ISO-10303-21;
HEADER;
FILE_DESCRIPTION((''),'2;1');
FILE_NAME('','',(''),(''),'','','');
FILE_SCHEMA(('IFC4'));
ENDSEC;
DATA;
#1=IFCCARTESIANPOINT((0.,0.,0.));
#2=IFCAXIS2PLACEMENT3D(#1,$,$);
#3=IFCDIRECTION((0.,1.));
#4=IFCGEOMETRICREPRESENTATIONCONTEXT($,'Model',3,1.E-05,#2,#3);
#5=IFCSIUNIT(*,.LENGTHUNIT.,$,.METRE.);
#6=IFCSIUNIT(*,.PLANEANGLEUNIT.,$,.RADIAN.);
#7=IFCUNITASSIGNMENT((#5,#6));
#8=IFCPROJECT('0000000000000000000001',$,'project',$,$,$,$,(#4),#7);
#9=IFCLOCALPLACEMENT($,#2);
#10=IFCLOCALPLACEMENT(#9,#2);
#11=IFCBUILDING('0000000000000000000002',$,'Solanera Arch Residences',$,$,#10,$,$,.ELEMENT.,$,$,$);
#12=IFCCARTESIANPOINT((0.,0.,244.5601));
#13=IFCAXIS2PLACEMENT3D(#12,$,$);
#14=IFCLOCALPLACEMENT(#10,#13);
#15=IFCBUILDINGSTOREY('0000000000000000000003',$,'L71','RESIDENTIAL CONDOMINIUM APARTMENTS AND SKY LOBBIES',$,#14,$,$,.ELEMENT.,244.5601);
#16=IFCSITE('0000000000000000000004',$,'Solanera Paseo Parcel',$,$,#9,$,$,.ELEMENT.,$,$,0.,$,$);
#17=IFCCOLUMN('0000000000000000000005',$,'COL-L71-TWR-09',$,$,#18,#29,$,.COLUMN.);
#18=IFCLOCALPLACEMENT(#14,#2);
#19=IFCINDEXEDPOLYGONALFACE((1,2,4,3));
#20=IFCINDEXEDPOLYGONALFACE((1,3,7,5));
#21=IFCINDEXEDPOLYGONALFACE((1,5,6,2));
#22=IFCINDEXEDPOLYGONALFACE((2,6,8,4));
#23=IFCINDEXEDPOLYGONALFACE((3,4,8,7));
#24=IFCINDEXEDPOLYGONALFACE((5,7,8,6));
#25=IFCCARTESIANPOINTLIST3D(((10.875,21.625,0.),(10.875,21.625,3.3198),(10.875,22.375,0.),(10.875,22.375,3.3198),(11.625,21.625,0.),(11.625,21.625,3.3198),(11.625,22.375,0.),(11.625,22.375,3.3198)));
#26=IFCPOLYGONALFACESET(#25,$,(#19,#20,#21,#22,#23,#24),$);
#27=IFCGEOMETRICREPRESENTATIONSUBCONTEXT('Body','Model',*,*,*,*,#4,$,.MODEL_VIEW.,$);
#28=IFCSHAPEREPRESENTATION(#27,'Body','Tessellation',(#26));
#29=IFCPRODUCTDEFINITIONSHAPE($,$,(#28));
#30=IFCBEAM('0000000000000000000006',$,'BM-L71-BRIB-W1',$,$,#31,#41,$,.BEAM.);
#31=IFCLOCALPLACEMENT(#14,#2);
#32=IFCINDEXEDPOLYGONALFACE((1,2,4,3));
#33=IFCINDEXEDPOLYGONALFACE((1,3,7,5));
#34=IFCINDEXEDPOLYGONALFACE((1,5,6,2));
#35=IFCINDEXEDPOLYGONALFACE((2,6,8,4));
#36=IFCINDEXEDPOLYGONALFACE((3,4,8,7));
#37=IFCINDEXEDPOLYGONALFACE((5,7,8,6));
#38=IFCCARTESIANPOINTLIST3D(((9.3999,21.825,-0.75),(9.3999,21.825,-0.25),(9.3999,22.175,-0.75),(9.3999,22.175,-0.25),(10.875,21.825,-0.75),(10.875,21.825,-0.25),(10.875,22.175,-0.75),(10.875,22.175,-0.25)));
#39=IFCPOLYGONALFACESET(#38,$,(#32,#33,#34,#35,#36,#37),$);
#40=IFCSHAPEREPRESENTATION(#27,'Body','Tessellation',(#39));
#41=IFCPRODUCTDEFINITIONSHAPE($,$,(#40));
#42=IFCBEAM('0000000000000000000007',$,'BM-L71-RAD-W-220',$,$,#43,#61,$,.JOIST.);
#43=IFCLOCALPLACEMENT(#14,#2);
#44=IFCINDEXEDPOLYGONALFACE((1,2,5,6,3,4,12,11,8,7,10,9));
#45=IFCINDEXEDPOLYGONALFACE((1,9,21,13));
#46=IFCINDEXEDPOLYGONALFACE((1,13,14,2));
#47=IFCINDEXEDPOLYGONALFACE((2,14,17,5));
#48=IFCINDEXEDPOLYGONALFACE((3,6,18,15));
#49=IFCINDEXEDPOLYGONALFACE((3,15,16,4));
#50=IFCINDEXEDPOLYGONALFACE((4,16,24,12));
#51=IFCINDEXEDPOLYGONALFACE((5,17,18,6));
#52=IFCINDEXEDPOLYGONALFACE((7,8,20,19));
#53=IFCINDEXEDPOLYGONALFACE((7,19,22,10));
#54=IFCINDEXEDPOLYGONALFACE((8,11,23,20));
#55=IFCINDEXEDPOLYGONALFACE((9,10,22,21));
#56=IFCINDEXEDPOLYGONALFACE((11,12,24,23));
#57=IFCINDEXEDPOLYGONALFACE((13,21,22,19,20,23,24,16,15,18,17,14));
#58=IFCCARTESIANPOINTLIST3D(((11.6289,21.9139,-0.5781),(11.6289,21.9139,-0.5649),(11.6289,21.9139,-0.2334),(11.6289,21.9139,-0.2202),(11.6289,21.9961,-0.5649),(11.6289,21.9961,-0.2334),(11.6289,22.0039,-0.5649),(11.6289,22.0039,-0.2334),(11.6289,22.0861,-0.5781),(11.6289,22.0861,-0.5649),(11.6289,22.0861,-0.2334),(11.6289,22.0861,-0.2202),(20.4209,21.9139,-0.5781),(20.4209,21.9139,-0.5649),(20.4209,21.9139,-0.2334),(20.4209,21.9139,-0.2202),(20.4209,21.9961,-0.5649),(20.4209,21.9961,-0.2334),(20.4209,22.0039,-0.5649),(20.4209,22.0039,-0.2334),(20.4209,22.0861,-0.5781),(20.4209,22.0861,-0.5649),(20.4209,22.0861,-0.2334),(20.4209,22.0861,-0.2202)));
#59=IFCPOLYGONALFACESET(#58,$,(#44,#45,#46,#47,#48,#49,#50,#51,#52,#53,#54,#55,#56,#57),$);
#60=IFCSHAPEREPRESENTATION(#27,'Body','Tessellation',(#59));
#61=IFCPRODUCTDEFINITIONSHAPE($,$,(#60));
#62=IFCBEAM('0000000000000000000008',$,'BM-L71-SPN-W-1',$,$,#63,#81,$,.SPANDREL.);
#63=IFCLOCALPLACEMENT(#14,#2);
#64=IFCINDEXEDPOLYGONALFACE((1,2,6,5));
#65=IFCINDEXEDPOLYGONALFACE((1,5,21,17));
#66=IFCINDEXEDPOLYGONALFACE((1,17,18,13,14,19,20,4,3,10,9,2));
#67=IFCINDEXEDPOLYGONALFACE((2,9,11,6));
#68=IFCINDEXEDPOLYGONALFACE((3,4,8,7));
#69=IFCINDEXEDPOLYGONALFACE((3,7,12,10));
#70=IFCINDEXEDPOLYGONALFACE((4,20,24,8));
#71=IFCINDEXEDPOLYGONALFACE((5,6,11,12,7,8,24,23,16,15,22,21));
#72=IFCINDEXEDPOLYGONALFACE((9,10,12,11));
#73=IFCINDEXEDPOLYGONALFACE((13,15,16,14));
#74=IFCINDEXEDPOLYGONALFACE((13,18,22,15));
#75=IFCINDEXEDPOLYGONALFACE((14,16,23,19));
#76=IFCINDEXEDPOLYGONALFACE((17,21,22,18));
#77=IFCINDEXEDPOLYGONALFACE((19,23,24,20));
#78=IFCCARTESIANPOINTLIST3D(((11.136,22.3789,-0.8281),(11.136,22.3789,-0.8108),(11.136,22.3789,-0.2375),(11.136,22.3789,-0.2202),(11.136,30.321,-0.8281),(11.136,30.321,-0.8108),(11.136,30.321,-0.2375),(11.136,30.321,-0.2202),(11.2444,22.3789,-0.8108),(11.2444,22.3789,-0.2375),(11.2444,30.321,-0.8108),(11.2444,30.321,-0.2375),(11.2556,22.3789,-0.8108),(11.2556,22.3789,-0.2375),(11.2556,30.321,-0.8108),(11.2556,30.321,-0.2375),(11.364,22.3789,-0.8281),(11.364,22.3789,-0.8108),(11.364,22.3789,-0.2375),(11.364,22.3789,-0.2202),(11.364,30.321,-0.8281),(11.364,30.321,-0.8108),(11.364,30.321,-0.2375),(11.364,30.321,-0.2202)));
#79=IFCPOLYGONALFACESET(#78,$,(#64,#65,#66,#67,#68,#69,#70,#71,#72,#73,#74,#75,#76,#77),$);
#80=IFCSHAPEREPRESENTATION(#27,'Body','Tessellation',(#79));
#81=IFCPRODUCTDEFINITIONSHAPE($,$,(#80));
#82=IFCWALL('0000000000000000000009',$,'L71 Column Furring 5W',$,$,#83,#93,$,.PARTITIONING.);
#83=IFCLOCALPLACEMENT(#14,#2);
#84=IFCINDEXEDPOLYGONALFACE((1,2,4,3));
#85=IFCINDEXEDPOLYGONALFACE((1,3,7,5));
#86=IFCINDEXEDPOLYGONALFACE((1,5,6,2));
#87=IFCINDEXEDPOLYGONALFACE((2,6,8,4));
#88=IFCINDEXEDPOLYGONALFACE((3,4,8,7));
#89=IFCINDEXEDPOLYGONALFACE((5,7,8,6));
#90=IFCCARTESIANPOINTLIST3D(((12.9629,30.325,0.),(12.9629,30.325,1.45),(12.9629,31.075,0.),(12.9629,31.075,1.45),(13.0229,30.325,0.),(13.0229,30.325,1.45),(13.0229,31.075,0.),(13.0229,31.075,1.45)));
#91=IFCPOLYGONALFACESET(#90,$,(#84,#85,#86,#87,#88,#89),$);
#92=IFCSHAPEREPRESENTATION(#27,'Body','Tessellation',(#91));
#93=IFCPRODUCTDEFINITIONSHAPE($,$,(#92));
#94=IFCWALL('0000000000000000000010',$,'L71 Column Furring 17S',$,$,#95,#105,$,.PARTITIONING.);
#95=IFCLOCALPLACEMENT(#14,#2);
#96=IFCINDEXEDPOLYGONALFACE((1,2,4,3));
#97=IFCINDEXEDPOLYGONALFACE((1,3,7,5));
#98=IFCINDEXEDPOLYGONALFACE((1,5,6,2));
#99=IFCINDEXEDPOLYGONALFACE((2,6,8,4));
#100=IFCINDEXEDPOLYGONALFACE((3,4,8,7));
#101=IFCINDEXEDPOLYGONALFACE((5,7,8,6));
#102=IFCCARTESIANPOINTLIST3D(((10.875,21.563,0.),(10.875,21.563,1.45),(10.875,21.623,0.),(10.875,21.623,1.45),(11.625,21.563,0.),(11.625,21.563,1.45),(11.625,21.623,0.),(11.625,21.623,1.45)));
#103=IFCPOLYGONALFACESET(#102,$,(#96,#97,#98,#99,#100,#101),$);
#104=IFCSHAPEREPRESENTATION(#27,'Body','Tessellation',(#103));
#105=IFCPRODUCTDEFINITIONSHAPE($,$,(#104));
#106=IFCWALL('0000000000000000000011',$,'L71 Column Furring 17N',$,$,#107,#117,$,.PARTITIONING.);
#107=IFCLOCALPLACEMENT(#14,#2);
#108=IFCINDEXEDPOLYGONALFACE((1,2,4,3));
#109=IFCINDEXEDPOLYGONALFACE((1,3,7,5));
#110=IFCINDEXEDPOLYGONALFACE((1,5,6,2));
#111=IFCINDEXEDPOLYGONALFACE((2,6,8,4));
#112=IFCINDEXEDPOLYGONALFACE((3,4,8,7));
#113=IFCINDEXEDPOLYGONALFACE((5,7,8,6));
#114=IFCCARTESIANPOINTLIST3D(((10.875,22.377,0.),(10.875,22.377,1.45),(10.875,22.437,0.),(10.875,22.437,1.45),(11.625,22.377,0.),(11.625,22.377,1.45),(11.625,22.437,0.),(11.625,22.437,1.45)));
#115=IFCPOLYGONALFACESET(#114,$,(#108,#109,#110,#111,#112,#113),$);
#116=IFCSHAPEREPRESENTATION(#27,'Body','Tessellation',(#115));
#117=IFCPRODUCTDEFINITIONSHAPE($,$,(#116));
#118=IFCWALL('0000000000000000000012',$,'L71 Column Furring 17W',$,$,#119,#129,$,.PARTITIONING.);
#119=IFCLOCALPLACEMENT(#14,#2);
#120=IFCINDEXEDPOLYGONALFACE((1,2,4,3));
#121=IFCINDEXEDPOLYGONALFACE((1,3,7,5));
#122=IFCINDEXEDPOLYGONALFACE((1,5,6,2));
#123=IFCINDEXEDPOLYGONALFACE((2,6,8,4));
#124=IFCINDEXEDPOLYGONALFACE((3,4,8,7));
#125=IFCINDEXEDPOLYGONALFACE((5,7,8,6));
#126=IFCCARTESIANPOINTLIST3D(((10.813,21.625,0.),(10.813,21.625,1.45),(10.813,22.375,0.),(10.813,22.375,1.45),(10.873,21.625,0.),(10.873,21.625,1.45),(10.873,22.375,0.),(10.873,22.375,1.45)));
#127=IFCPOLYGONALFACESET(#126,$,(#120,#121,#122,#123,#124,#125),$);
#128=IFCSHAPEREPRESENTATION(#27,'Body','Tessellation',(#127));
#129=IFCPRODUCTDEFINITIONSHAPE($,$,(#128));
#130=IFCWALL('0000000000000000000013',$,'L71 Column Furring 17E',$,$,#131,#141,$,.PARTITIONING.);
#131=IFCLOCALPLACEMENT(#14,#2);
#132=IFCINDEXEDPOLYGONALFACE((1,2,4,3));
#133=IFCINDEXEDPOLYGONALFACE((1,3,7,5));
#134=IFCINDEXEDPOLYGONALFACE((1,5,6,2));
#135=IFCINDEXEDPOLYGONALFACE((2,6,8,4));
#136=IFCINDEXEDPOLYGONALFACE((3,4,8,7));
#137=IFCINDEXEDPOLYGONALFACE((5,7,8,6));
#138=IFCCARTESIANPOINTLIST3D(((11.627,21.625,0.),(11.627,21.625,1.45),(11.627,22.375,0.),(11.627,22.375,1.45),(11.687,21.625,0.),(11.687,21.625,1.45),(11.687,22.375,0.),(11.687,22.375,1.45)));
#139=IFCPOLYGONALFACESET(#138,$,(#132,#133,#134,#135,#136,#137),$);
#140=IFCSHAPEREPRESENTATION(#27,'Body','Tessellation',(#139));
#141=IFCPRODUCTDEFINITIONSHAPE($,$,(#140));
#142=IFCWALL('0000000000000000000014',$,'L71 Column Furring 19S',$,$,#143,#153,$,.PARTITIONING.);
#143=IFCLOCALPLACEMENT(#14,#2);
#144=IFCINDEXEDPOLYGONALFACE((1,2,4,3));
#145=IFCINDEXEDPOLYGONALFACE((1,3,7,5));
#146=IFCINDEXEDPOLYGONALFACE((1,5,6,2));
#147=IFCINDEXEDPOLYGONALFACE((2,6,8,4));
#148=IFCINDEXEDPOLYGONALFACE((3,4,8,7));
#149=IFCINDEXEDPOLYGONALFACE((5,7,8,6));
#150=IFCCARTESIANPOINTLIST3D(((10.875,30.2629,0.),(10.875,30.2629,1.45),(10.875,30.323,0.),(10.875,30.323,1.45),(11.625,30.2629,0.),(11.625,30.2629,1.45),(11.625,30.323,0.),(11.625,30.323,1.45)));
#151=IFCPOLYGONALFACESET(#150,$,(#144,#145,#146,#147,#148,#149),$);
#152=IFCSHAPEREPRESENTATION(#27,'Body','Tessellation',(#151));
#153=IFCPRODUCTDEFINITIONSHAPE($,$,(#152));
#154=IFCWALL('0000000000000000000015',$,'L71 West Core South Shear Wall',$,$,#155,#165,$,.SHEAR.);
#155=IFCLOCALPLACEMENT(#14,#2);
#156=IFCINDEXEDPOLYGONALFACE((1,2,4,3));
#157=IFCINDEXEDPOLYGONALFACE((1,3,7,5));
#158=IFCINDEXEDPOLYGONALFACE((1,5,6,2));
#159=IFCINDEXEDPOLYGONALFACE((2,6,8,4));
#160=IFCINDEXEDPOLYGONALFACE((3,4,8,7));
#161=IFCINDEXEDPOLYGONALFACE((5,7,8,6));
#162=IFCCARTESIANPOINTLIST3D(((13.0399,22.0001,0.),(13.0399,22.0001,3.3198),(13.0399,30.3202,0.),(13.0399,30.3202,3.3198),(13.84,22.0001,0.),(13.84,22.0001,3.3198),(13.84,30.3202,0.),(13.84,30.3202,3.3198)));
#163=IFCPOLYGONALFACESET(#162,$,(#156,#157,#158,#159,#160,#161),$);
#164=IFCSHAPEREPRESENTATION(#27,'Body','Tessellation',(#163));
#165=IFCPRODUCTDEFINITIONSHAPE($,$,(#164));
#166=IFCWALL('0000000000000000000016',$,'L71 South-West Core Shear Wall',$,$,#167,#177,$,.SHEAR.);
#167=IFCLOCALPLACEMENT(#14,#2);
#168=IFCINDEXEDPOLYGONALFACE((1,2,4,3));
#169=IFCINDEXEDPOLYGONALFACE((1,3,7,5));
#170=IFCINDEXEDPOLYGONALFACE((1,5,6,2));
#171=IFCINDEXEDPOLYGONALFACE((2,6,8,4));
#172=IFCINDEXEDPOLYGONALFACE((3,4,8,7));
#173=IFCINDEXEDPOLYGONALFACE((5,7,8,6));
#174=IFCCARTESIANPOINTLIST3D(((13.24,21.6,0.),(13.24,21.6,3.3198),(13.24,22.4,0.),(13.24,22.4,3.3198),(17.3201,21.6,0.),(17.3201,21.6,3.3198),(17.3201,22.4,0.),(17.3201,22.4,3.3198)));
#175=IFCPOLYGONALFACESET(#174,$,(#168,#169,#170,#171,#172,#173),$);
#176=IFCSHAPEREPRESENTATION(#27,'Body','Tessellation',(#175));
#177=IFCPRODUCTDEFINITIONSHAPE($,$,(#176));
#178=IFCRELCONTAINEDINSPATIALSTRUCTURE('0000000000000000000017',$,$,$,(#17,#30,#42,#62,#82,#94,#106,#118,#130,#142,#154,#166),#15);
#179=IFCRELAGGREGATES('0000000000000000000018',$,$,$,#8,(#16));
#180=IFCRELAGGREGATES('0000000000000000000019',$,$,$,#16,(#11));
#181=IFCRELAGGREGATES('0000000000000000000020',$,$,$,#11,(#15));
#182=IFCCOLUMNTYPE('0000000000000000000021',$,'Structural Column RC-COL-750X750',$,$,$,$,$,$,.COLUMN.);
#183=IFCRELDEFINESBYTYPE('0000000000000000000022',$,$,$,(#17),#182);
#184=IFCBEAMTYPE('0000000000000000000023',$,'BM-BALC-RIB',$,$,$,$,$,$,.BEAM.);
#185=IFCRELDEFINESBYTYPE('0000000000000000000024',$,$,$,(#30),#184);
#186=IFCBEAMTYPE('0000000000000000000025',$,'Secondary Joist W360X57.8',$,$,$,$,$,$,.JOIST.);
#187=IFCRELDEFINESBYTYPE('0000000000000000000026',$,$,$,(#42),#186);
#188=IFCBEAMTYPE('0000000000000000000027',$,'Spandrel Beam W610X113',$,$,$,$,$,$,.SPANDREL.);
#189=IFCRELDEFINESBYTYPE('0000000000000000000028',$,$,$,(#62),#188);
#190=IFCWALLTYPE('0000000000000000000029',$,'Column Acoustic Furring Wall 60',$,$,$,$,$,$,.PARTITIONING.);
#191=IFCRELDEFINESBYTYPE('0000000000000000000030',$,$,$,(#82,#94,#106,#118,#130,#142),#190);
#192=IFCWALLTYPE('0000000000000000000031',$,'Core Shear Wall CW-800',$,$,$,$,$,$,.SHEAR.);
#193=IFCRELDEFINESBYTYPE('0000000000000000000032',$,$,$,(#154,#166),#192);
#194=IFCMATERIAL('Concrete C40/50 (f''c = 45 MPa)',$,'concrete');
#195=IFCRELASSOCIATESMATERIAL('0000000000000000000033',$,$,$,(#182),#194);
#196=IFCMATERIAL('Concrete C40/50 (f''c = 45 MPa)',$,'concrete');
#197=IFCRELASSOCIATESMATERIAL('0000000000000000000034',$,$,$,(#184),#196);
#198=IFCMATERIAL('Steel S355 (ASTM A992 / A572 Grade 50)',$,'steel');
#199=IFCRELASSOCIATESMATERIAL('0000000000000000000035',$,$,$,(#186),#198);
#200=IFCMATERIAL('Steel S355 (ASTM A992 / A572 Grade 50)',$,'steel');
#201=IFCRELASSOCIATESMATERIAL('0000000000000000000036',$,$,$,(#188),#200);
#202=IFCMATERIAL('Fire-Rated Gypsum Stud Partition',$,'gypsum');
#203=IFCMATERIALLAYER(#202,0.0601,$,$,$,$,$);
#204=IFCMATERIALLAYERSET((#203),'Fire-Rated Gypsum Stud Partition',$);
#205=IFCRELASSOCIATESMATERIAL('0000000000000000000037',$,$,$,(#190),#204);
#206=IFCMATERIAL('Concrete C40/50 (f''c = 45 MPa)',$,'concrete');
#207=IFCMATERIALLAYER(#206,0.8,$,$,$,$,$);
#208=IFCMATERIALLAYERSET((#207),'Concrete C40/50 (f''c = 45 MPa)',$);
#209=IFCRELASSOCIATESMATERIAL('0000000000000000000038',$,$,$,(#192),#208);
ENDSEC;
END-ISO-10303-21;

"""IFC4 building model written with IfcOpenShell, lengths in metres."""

from ifc_helpers import new_model, si_unit, direction, frame, frame_2d, origin, origin_2d, place, context, subcontext, project, spatial, rectangle, i_section, extrude, material, layer, layer_set, material_profile, profile_set, type_object, element, save


model = new_model("IFC4")

# Units and contexts
model_context = context("Model", 3, precision=1e-05, world=origin(), true_north=direction((0.0, 1.0)))
body_context = subcontext(model_context, "Body", "Model", "MODEL_VIEW")
ifc_project = project(units=[si_unit("LENGTHUNIT", "METRE"), si_unit("PLANEANGLEUNIT", "RADIAN")], contexts=[model_context])

# Site, building, storey
site_placement = place(None, origin())
site = spatial("IfcSite", under=ifc_project, at=site_placement, Name="Solanera Paseo Parcel", CompositionType="ELEMENT", RefElevation=0.0)
building_placement = place(site_placement, origin())
building = spatial("IfcBuilding", under=site, at=building_placement, Name="Solanera Arch Residences", CompositionType="ELEMENT")
storey_placement = place(building_placement, frame((0.0, 0.0, 244.5601)))
storey = spatial("IfcBuildingStorey", under=building, at=storey_placement, Name="L71", Description="RESIDENTIAL CONDOMINIUM APARTMENTS AND SKY LOBBIES", CompositionType="ELEMENT", Elevation=244.5601)

# Column
ifc_material_1 = material(Name="Concrete C40/50 (f'c = 45 MPa)", Category="concrete")
ifc_material_profile_1 = material_profile(ifc_material_1, rectangle(XDim=0.75, YDim=0.75, at=origin_2d()))
ifc_profile_set_1 = profile_set([ifc_material_profile_1], Name="Concrete C40/50 (f'c = 45 MPa)")
column_type = type_object("IfcColumnType", Name="Structural Column RC-COL-750X750", PredefinedType="COLUMN", material=ifc_profile_set_1)
column_placement = place(storey_placement, frame((11.25, 22.0, 0.0), z_axis=(0.0, 0.0, 1.0), x_axis=(1.0, 0.0, 0.0)))
element("IfcColumn", 1, at=column_placement, inside=storey, type_object=column_type, Name="COL-L71-TWR-09", PredefinedType="COLUMN", context=body_context, shape_type="SweptSolid", body=[
    extrude(rectangle(XDim=0.75, YDim=0.75, at=origin_2d()), origin(), (0.0, 0.0, 1.0), 3.3198),
])

# Beams
ifc_material_2 = material(Name="Concrete C40/50 (f'c = 45 MPa)", Category="concrete")
ifc_material_profile_2 = material_profile(ifc_material_2, rectangle(XDim=0.3501, YDim=0.5, at=origin_2d()))
ifc_profile_set_2 = profile_set([ifc_material_profile_2], Name="Concrete C40/50 (f'c = 45 MPa)")
beam_type_1 = type_object("IfcBeamType", Name="BM-BALC-RIB", PredefinedType="BEAM", material=ifc_profile_set_2)
beam_1_placement = place(storey_placement, frame((9.3999, 22.0, -0.5), z_axis=(1.0, 0.0, 0.0), x_axis=(0.0, 1.0, 0.0)))
element("IfcBeam", 2, at=beam_1_placement, inside=storey, type_object=beam_type_1, Name="BM-L71-BRIB-W1", PredefinedType="BEAM", context=body_context, shape_type="SweptSolid", body=[
    extrude(rectangle(XDim=0.3501, YDim=0.5, at=origin_2d()), origin(), (0.0, 0.0, 1.0), 1.4751),
])
ifc_material_3 = material(Name="Steel S355 (ASTM A992 / A572 Grade 50)", Category="steel")
ifc_material_profile_3 = material_profile(ifc_material_3, i_section(OverallWidth=0.1721, OverallDepth=0.3579, WebThickness=0.0078, FlangeThickness=0.0132, at=origin_2d()))
ifc_profile_set_3 = profile_set([ifc_material_profile_3], Name="Steel S355 (ASTM A992 / A572 Grade 50)")
beam_type_2 = type_object("IfcBeamType", Name="Secondary Joist W360X57.8", PredefinedType="JOIST", material=ifc_profile_set_3)
beam_2_placement = place(storey_placement, frame((11.6289, 22.0, -0.3992), z_axis=(1.0, 0.0, 0.0), x_axis=(0.0, 1.0, 0.0)))
element("IfcBeam", 3, at=beam_2_placement, inside=storey, type_object=beam_type_2, Name="BM-L71-RAD-W-220", PredefinedType="JOIST", context=body_context, shape_type="SweptSolid", body=[
    extrude(i_section(OverallWidth=0.1721, OverallDepth=0.3579, WebThickness=0.0078, FlangeThickness=0.0132, at=origin_2d()), origin(), (0.0, 0.0, 1.0), 8.792),
])
ifc_material_4 = material(Name="Steel S355 (ASTM A992 / A572 Grade 50)", Category="steel")
ifc_material_profile_4 = material_profile(ifc_material_4, i_section(OverallWidth=0.228, OverallDepth=0.6079, WebThickness=0.0112, FlangeThickness=0.0173, at=origin_2d()))
ifc_profile_set_4 = profile_set([ifc_material_profile_4], Name="Steel S355 (ASTM A992 / A572 Grade 50)")
beam_type_3 = type_object("IfcBeamType", Name="Spandrel Beam W610X113", PredefinedType="SPANDREL", material=ifc_profile_set_4)
beam_3_placement = place(storey_placement, frame((11.25, 22.3789, -0.5242), z_axis=(0.0, 1.0, 0.0), x_axis=(-1.0, 0.0, 0.0)))
element("IfcBeam", 4, at=beam_3_placement, inside=storey, type_object=beam_type_3, Name="BM-L71-SPN-W-1", PredefinedType="SPANDREL", context=body_context, shape_type="SweptSolid", body=[
    extrude(i_section(OverallWidth=0.228, OverallDepth=0.6079, WebThickness=0.0112, FlangeThickness=0.0173, at=origin_2d()), origin(), (0.0, 0.0, 1.0), 7.9421),
])

# Walls
ifc_material_5 = material(Name="Fire-Rated Gypsum Stud Partition", Category="gypsum")
ifc_layer_1 = layer(ifc_material_5, 0.0601)
ifc_layer_set_1 = layer_set([ifc_layer_1], Name="Fire-Rated Gypsum Stud Partition")
wall_type_1 = type_object("IfcWallType", Name="Column Acoustic Furring Wall 60", PredefinedType="PARTITIONING", material=ifc_layer_set_1)
for number, where, z_axis, x_axis, name in (
    (5, (12.9929, 30.325, 0.0), (0.0, 0.0, 1.0), (0.0, 1.0, 0.0), "L71 Column Furring 5W"),
    (6, (10.875, 21.593, 0.0), (0.0, 0.0, 1.0), (1.0, 0.0, 0.0), "L71 Column Furring 17S"),
    (7, (10.875, 22.407, 0.0), (0.0, 0.0, 1.0), (1.0, 0.0, 0.0), "L71 Column Furring 17N"),
    (8, (10.843, 21.625, 0.0), (0.0, 0.0, 1.0), (0.0, 1.0, 0.0), "L71 Column Furring 17W"),
    (9, (11.657, 21.625, 0.0), (0.0, 0.0, 1.0), (0.0, 1.0, 0.0), "L71 Column Furring 17E"),
    (10, (10.875, 30.293, 0.0), (0.0, 0.0, 1.0), (1.0, 0.0, 0.0), "L71 Column Furring 19S"),
):
    element("IfcWall", number, at=place(storey_placement, frame(where, z_axis=z_axis, x_axis=x_axis)), inside=storey, type_object=wall_type_1, Name=name, PredefinedType="PARTITIONING", context=body_context, shape_type="SweptSolid", body=[
        extrude(rectangle(XDim=0.75, YDim=0.0601, at=frame_2d((0.375, 0.0))), origin(), (0.0, 0.0, 1.0), 1.45),
    ])
ifc_material_6 = material(Name="Concrete C40/50 (f'c = 45 MPa)", Category="concrete")
ifc_layer_2 = layer(ifc_material_6, 0.8)
ifc_layer_set_2 = layer_set([ifc_layer_2], Name="Concrete C40/50 (f'c = 45 MPa)")
wall_type_2 = type_object("IfcWallType", Name="Core Shear Wall CW-800", PredefinedType="SHEAR", material=ifc_layer_set_2)
wall_1_placement = place(storey_placement, frame((13.4399, 22.0, 0.0), z_axis=(0.0, 0.0, 1.0), x_axis=(0.0, 1.0, 0.0)))
element("IfcWall", 11, at=wall_1_placement, inside=storey, type_object=wall_type_2, Name="L71 West Core South Shear Wall", PredefinedType="SHEAR", context=body_context, shape_type="SweptSolid", body=[
    extrude(rectangle(XDim=8.3201, YDim=0.8, at=frame_2d((4.1602, 0.0))), origin(), (0.0, 0.0, 1.0), 3.3198),
])
wall_2_placement = place(storey_placement, frame((13.24, 22.0, 0.0), z_axis=(0.0, 0.0, 1.0), x_axis=(1.0, 0.0, 0.0)))
element("IfcWall", 12, at=wall_2_placement, inside=storey, type_object=wall_type_2, Name="L71 South-West Core Shear Wall", PredefinedType="SHEAR", context=body_context, shape_type="SweptSolid", body=[
    extrude(rectangle(XDim=4.0801, YDim=0.8, at=frame_2d((2.04, 0.0))), origin(), (0.0, 0.0, 1.0), 3.3198),
])

save(model, "model.ifc")
